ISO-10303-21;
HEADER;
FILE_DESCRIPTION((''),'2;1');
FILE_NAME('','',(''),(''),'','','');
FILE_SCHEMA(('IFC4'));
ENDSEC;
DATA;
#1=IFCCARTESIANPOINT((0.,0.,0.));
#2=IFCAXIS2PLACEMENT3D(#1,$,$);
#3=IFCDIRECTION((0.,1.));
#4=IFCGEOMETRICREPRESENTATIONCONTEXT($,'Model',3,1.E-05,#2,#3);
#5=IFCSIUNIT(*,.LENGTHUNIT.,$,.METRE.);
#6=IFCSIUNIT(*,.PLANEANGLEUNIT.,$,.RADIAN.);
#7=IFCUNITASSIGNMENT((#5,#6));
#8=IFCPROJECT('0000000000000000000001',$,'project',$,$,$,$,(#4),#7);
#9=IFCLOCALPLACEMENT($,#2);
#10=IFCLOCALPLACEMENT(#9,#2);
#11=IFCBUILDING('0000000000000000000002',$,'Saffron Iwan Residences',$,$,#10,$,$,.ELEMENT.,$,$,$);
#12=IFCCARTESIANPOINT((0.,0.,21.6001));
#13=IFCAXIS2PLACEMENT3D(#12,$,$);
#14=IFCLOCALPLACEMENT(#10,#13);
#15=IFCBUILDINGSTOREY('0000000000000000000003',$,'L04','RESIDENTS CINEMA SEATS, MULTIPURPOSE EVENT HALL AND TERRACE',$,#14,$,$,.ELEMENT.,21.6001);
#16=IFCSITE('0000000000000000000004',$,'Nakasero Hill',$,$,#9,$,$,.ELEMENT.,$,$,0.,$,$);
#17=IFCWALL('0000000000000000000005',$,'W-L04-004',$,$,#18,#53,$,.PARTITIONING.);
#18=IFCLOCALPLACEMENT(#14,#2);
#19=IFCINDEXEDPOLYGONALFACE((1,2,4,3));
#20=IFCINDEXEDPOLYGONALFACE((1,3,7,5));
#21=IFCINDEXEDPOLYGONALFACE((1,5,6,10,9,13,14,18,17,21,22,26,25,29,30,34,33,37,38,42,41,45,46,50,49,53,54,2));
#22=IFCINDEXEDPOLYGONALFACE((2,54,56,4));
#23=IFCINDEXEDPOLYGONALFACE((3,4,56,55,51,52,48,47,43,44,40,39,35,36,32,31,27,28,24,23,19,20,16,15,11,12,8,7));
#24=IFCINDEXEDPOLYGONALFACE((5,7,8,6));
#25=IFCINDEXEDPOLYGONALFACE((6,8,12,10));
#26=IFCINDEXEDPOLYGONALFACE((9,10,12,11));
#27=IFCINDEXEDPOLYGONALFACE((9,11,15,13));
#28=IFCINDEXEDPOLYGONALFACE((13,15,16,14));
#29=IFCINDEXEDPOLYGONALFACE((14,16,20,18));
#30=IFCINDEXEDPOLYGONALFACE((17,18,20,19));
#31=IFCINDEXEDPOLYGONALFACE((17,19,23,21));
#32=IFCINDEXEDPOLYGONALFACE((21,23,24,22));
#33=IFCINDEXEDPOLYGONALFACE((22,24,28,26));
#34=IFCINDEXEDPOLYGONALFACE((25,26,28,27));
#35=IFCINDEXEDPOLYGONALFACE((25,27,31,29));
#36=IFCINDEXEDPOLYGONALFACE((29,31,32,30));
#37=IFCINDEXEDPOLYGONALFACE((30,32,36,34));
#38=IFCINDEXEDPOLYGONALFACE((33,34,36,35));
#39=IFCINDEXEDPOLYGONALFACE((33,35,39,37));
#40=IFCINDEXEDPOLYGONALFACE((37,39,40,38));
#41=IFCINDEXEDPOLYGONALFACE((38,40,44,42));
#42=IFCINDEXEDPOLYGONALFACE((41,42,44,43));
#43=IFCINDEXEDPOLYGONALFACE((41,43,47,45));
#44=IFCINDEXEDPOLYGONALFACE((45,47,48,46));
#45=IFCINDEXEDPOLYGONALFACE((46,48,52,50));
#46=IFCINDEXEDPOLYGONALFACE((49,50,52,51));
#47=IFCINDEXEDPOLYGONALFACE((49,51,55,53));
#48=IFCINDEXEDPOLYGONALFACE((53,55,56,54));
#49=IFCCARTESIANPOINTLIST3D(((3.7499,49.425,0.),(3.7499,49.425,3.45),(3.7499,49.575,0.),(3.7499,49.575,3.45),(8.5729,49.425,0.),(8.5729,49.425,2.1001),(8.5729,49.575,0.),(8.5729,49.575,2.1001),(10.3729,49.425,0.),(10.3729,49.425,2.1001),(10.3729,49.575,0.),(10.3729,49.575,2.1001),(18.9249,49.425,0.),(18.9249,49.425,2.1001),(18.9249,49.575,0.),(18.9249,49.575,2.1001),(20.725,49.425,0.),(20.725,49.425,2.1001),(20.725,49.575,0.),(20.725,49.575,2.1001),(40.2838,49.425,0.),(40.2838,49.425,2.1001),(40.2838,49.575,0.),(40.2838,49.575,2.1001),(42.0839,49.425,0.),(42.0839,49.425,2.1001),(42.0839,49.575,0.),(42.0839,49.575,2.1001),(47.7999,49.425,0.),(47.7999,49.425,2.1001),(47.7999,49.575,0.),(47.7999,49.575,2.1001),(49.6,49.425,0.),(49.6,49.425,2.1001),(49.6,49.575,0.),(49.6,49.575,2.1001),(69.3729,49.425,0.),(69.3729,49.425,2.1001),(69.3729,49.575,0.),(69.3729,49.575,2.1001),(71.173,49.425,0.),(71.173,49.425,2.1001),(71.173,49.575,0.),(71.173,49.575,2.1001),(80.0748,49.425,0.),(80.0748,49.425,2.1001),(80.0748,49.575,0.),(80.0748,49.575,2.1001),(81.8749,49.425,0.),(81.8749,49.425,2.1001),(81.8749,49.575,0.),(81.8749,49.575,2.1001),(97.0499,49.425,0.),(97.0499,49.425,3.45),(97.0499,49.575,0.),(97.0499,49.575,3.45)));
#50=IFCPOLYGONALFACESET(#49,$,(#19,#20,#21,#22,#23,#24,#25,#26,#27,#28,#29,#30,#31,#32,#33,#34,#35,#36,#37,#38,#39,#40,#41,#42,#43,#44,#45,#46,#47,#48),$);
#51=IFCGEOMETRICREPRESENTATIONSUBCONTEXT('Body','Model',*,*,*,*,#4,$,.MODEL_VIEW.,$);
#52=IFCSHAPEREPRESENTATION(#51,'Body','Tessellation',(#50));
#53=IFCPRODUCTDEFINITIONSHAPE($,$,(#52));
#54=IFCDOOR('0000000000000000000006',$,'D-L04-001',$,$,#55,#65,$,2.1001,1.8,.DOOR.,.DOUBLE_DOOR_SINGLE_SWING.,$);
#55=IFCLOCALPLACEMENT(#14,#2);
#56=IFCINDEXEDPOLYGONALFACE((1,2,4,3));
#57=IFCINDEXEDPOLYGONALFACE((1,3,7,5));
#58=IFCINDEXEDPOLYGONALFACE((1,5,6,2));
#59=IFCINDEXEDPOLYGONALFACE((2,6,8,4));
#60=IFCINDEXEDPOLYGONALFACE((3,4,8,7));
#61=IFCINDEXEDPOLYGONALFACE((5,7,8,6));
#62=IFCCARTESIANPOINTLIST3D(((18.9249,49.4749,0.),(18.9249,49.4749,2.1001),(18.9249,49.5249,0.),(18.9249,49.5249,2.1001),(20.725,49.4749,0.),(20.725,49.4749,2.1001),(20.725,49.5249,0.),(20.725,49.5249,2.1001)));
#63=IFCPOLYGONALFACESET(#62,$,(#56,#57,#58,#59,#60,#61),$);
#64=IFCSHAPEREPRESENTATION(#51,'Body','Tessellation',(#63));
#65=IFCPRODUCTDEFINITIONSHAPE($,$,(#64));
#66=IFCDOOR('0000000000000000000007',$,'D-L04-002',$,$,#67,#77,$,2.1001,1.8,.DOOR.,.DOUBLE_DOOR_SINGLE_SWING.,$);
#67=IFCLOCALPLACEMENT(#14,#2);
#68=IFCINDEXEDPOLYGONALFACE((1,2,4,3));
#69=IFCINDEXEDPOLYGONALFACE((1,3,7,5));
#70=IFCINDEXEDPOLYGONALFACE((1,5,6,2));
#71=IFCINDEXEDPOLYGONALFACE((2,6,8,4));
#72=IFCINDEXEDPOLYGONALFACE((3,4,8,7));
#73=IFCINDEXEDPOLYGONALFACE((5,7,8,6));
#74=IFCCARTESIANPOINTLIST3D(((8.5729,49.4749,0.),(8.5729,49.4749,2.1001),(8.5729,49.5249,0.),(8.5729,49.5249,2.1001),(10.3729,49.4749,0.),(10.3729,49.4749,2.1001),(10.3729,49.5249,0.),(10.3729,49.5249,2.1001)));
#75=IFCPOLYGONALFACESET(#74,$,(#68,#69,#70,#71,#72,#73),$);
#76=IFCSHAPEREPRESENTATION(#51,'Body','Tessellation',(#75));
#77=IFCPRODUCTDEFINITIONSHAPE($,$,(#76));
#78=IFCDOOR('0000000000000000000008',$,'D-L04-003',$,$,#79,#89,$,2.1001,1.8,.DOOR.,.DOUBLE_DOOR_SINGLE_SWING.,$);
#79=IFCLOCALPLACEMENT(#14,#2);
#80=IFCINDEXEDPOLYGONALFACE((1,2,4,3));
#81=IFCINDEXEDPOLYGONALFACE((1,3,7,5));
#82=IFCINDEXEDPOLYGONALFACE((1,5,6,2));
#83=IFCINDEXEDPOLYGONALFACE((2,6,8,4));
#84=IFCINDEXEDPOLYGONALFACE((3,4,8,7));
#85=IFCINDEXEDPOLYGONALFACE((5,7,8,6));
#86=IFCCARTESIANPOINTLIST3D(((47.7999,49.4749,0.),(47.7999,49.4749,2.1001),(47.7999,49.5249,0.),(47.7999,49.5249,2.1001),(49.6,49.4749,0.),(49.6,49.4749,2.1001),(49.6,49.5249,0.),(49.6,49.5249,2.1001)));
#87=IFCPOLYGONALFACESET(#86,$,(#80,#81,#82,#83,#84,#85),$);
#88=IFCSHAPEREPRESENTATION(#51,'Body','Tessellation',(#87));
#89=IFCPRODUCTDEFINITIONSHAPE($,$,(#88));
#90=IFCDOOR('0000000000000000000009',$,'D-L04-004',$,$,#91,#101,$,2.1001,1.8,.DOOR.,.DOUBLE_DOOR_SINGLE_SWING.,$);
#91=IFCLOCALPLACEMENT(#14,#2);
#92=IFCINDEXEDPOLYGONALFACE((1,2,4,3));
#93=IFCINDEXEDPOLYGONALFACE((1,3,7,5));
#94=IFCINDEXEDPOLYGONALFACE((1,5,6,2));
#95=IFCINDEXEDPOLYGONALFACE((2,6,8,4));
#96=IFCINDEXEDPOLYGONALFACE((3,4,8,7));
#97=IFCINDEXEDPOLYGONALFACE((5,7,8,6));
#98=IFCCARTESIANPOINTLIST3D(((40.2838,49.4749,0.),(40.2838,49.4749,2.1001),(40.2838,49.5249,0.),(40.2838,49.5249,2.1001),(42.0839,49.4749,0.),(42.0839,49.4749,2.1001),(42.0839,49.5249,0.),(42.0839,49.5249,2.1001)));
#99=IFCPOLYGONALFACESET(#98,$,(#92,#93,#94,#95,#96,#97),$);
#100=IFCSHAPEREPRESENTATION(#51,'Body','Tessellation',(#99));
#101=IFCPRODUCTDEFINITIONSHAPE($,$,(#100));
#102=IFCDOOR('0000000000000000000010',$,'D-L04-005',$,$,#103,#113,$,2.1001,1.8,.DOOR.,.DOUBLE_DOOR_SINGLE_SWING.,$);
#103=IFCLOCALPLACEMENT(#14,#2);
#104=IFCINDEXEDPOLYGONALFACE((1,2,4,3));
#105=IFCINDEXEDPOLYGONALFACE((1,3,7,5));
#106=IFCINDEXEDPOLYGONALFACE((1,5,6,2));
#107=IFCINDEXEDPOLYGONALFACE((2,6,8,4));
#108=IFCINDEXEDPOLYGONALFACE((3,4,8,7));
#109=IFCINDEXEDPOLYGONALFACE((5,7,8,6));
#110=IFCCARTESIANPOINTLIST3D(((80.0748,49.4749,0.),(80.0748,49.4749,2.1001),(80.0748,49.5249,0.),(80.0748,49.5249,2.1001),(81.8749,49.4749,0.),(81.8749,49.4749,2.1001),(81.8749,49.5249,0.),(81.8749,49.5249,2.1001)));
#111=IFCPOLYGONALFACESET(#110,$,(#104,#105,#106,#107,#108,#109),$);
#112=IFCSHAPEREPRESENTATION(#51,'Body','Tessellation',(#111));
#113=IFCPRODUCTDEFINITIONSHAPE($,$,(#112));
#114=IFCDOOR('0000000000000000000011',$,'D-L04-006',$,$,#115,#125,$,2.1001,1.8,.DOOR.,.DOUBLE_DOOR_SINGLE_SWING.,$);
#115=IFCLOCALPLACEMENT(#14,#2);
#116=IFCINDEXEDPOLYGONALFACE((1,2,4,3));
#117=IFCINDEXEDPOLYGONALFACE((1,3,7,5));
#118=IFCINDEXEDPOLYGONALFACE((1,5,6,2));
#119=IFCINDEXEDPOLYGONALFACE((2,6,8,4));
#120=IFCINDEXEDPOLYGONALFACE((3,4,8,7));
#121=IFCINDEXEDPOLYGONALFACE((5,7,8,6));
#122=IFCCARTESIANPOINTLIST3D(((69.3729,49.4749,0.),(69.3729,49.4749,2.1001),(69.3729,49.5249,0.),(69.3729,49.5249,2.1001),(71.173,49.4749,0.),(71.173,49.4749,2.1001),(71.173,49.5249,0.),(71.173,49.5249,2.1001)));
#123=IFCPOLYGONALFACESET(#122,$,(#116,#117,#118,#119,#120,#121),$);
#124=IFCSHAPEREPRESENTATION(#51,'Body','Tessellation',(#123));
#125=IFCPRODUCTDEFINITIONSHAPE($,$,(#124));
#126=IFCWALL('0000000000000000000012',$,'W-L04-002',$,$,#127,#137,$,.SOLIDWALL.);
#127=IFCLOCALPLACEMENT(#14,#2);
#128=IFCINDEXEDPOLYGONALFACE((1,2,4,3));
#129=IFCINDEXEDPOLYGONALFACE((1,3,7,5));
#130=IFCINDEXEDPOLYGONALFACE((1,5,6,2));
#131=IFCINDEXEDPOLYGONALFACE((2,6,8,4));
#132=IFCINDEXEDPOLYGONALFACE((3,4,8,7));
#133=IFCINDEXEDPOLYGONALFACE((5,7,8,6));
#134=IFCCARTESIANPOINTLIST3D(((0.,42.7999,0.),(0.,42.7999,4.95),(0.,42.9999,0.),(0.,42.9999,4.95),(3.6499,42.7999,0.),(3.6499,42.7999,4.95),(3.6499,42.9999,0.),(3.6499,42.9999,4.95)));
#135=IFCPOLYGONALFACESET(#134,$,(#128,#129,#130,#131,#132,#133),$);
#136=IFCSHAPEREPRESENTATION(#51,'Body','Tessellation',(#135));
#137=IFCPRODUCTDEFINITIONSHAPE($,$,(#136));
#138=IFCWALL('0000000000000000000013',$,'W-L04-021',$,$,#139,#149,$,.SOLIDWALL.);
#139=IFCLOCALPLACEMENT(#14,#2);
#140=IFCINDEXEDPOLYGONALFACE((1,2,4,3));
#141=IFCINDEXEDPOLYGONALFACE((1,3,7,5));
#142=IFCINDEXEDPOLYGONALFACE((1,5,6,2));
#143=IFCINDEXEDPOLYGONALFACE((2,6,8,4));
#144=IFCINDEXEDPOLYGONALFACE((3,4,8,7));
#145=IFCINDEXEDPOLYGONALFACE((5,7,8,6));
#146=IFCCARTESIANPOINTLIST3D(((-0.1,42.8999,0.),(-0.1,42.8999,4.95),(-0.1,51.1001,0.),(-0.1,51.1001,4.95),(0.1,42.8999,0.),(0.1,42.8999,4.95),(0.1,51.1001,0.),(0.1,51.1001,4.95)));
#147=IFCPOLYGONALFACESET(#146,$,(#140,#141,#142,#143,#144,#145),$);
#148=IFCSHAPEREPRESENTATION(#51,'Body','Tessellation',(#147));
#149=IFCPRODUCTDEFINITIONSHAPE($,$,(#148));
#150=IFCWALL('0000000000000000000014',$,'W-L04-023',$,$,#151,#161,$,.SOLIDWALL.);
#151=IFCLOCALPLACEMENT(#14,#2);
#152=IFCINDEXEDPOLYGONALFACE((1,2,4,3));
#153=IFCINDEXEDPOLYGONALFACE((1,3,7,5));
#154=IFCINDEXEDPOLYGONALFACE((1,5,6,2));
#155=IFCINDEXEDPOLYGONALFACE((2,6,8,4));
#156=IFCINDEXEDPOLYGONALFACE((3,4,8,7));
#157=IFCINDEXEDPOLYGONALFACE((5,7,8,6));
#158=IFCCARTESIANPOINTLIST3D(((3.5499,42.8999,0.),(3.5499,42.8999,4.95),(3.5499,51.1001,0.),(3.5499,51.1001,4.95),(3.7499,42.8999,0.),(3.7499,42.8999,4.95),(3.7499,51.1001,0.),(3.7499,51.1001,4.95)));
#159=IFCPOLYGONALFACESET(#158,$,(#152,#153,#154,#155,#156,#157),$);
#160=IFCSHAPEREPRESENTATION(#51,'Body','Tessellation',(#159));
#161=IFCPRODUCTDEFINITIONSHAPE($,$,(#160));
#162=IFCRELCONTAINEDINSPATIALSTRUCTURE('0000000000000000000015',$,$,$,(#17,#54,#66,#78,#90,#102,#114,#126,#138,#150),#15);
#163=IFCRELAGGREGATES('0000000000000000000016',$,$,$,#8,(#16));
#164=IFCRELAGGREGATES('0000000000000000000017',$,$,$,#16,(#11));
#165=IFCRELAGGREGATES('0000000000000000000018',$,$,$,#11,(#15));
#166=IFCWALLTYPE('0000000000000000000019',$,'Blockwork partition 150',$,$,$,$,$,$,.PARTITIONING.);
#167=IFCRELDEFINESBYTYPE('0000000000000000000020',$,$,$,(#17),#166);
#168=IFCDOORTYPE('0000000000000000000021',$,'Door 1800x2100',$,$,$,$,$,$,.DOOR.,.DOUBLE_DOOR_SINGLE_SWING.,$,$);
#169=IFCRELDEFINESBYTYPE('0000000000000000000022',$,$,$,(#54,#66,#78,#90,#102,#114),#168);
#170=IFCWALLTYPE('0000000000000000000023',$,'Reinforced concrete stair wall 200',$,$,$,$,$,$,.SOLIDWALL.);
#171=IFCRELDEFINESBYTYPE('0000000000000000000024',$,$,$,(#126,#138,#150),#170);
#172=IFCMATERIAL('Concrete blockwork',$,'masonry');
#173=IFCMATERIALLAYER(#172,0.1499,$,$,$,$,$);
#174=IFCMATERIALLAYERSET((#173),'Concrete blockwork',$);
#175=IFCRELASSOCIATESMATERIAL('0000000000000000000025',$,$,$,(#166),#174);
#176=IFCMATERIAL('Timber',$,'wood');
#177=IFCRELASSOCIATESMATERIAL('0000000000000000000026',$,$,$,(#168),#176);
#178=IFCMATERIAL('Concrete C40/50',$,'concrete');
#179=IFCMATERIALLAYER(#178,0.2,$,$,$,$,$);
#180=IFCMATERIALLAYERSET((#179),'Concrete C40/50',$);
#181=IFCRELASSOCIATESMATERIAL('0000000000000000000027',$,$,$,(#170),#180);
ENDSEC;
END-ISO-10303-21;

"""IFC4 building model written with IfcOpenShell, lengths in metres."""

from ifc_helpers import new_model, si_unit, direction, frame, frame_2d, origin, place, context, subcontext, project, spatial, rectangle, extrude, material, layer, layer_set, type_object, element, fill, save


model = new_model("IFC4")

# Units and contexts
model_context = context("Model", 3, precision=1e-05, world=origin(), true_north=direction((0.0, 1.0)))
body_context = subcontext(model_context, "Body", "Model", "MODEL_VIEW")
ifc_project = project(units=[si_unit("LENGTHUNIT", "METRE"), si_unit("PLANEANGLEUNIT", "RADIAN")], contexts=[model_context])

# Site, building, storey
site_placement = place(None, origin())
site = spatial("IfcSite", under=ifc_project, at=site_placement, Name="Nakasero Hill", CompositionType="ELEMENT", RefElevation=0.0)
building_placement = place(site_placement, origin())
building = spatial("IfcBuilding", under=site, at=building_placement, Name="Saffron Iwan Residences", CompositionType="ELEMENT")
storey_placement = place(building_placement, frame((0.0, 0.0, 21.6001)))
storey = spatial("IfcBuildingStorey", under=building, at=storey_placement, Name="L04", Description="RESIDENTS CINEMA SEATS, MULTIPURPOSE EVENT HALL AND TERRACE", CompositionType="ELEMENT", Elevation=21.6001)

# Shared definitions
ifc_material_1 = material(Name="Concrete C40/50", Category="concrete")

# Wall, openings, doors
ifc_material_2 = material(Name="Concrete blockwork", Category="masonry")
ifc_layer_1 = layer(ifc_material_2, 0.1499)
ifc_layer_set_1 = layer_set([ifc_layer_1], Name="Concrete blockwork")
wall_type_1 = type_object("IfcWallType", Name="Blockwork partition 150", PredefinedType="PARTITIONING", material=ifc_layer_set_1)
wall_1_placement = place(storey_placement, frame((3.75, 49.5, 0.0), z_axis=(0.0, 0.0, 1.0), x_axis=(1.0, 0.0, 0.0)))
wall_1 = element("IfcWall", 1, at=wall_1_placement, inside=storey, type_object=wall_type_1, Name="W-L04-004", PredefinedType="PARTITIONING", context=body_context, shape_type="SweptSolid", body=[
    extrude(rectangle(XDim=93.3, YDim=0.1499, at=frame_2d((46.6499, 0.0))), origin(), (0.0, 0.0, 1.0), 3.45),
])
opening_1_placement = place(wall_1_placement, frame((15.175, 0.0, 0.0)))
opening_1 = element("IfcOpeningElement", 2, at=opening_1_placement, cuts=wall_1, PredefinedType="OPENING", context=body_context, shape_type="SweptSolid", body=[
    extrude(rectangle(XDim=1.8, YDim=2.1001, at=frame_2d((0.8999, 1.05))), frame((0.0, 0.085, 0.0), z_axis=(0.0, -1.0, 0.0), x_axis=(1.0, 0.0, 0.0)), (0.0, 0.0, 1.0), 0.1699),
])
opening_2_placement = place(wall_1_placement, frame((4.823, 0.0, 0.0)))
opening_2 = element("IfcOpeningElement", 3, at=opening_2_placement, cuts=wall_1, PredefinedType="OPENING", context=body_context, shape_type="SweptSolid", body=[
    extrude(rectangle(XDim=1.8, YDim=2.1001, at=frame_2d((0.8999, 1.05))), frame((0.0, 0.085, 0.0), z_axis=(0.0, -1.0, 0.0), x_axis=(1.0, 0.0, 0.0)), (0.0, 0.0, 1.0), 0.1699),
])
opening_3_placement = place(wall_1_placement, frame((44.05, 0.0, 0.0)))
opening_3 = element("IfcOpeningElement", 4, at=opening_3_placement, cuts=wall_1, PredefinedType="OPENING", context=body_context, shape_type="SweptSolid", body=[
    extrude(rectangle(XDim=1.8, YDim=2.1001, at=frame_2d((0.8999, 1.05))), frame((0.0, 0.085, 0.0), z_axis=(0.0, -1.0, 0.0), x_axis=(1.0, 0.0, 0.0)), (0.0, 0.0, 1.0), 0.1699),
])
opening_4_placement = place(wall_1_placement, frame((36.5339, 0.0, 0.0)))
opening_4 = element("IfcOpeningElement", 5, at=opening_4_placement, cuts=wall_1, PredefinedType="OPENING", context=body_context, shape_type="SweptSolid", body=[
    extrude(rectangle(XDim=1.8, YDim=2.1001, at=frame_2d((0.8999, 1.05))), frame((0.0, 0.085, 0.0), z_axis=(0.0, -1.0, 0.0), x_axis=(1.0, 0.0, 0.0)), (0.0, 0.0, 1.0), 0.1699),
])
opening_5_placement = place(wall_1_placement, frame((76.325, 0.0, 0.0)))
opening_5 = element("IfcOpeningElement", 6, at=opening_5_placement, cuts=wall_1, PredefinedType="OPENING", context=body_context, shape_type="SweptSolid", body=[
    extrude(rectangle(XDim=1.8, YDim=2.1001, at=frame_2d((0.8999, 1.05))), frame((0.0, 0.085, 0.0), z_axis=(0.0, -1.0, 0.0), x_axis=(1.0, 0.0, 0.0)), (0.0, 0.0, 1.0), 0.1699),
])
opening_6_placement = place(wall_1_placement, frame((65.623, 0.0, 0.0)))
opening_6 = element("IfcOpeningElement", 7, at=opening_6_placement, cuts=wall_1, PredefinedType="OPENING", context=body_context, shape_type="SweptSolid", body=[
    extrude(rectangle(XDim=1.8, YDim=2.1001, at=frame_2d((0.8999, 1.05))), frame((0.0, 0.085, 0.0), z_axis=(0.0, -1.0, 0.0), x_axis=(1.0, 0.0, 0.0)), (0.0, 0.0, 1.0), 0.1699),
])
ifc_material_3 = material(Name="Timber", Category="wood")
door_type = type_object("IfcDoorType", Name="Door 1800x2100", OperationType="DOUBLE_DOOR_SINGLE_SWING", PredefinedType="DOOR", material=ifc_material_3)
door_1_placement = place(opening_1_placement, origin())
door_1 = element("IfcDoor", 8, at=door_1_placement, inside=storey, type_object=door_type, Name="D-L04-001", OperationType="DOUBLE_DOOR_SINGLE_SWING", OverallHeight=2.1001, OverallWidth=1.8, PredefinedType="DOOR", context=body_context, shape_type="SweptSolid", body=[
    extrude(rectangle(XDim=1.8, YDim=2.1001, at=frame_2d((0.8999, 1.05))), frame((0.0, 0.0249, 0.0), z_axis=(0.0, -1.0, 0.0), x_axis=(1.0, 0.0, 0.0)), (0.0, 0.0, 1.0), 0.05),
])
fill(opening_1, door_1)
door_2_placement = place(opening_2_placement, origin())
door_2 = element("IfcDoor", 9, at=door_2_placement, inside=storey, type_object=door_type, Name="D-L04-002", OperationType="DOUBLE_DOOR_SINGLE_SWING", OverallHeight=2.1001, OverallWidth=1.8, PredefinedType="DOOR", context=body_context, shape_type="SweptSolid", body=[
    extrude(rectangle(XDim=1.8, YDim=2.1001, at=frame_2d((0.8999, 1.05))), frame((0.0, 0.0249, 0.0), z_axis=(0.0, -1.0, 0.0), x_axis=(1.0, 0.0, 0.0)), (0.0, 0.0, 1.0), 0.05),
])
fill(opening_2, door_2)
door_3_placement = place(opening_3_placement, origin())
door_3 = element("IfcDoor", 10, at=door_3_placement, inside=storey, type_object=door_type, Name="D-L04-003", OperationType="DOUBLE_DOOR_SINGLE_SWING", OverallHeight=2.1001, OverallWidth=1.8, PredefinedType="DOOR", context=body_context, shape_type="SweptSolid", body=[
    extrude(rectangle(XDim=1.8, YDim=2.1001, at=frame_2d((0.8999, 1.05))), frame((0.0, 0.0249, 0.0), z_axis=(0.0, -1.0, 0.0), x_axis=(1.0, 0.0, 0.0)), (0.0, 0.0, 1.0), 0.05),
])
fill(opening_3, door_3)
door_4_placement = place(opening_4_placement, origin())
door_4 = element("IfcDoor", 11, at=door_4_placement, inside=storey, type_object=door_type, Name="D-L04-004", OperationType="DOUBLE_DOOR_SINGLE_SWING", OverallHeight=2.1001, OverallWidth=1.8, PredefinedType="DOOR", context=body_context, shape_type="SweptSolid", body=[
    extrude(rectangle(XDim=1.8, YDim=2.1001, at=frame_2d((0.8999, 1.05))), frame((0.0, 0.0249, 0.0), z_axis=(0.0, -1.0, 0.0), x_axis=(1.0, 0.0, 0.0)), (0.0, 0.0, 1.0), 0.05),
])
fill(opening_4, door_4)
door_5_placement = place(opening_5_placement, origin())
door_5 = element("IfcDoor", 12, at=door_5_placement, inside=storey, type_object=door_type, Name="D-L04-005", OperationType="DOUBLE_DOOR_SINGLE_SWING", OverallHeight=2.1001, OverallWidth=1.8, PredefinedType="DOOR", context=body_context, shape_type="SweptSolid", body=[
    extrude(rectangle(XDim=1.8, YDim=2.1001, at=frame_2d((0.8999, 1.05))), frame((0.0, 0.0249, 0.0), z_axis=(0.0, -1.0, 0.0), x_axis=(1.0, 0.0, 0.0)), (0.0, 0.0, 1.0), 0.05),
])
fill(opening_5, door_5)
door_6_placement = place(opening_6_placement, origin())
door_6 = element("IfcDoor", 13, at=door_6_placement, inside=storey, type_object=door_type, Name="D-L04-006", OperationType="DOUBLE_DOOR_SINGLE_SWING", OverallHeight=2.1001, OverallWidth=1.8, PredefinedType="DOOR", context=body_context, shape_type="SweptSolid", body=[
    extrude(rectangle(XDim=1.8, YDim=2.1001, at=frame_2d((0.8999, 1.05))), frame((0.0, 0.0249, 0.0), z_axis=(0.0, -1.0, 0.0), x_axis=(1.0, 0.0, 0.0)), (0.0, 0.0, 1.0), 0.05),
])
fill(opening_6, door_6)

# Walls
ifc_layer_2 = layer(ifc_material_1, 0.2)
ifc_layer_set_2 = layer_set([ifc_layer_2], Name="Concrete C40/50")
wall_type_2 = type_object("IfcWallType", Name="Reinforced concrete stair wall 200", PredefinedType="SOLIDWALL", material=ifc_layer_set_2)
wall_2_placement = place(storey_placement, frame((0.0, 42.8999, 0.0), z_axis=(0.0, 0.0, 1.0), x_axis=(1.0, 0.0, 0.0)))
element("IfcWall", 14, at=wall_2_placement, inside=storey, type_object=wall_type_2, Name="W-L04-002", PredefinedType="SOLIDWALL", context=body_context, shape_type="SweptSolid", body=[
    extrude(rectangle(XDim=3.6499, YDim=0.2, at=frame_2d((1.825, 0.0))), origin(), (0.0, 0.0, 1.0), 4.95),
])
for number, where, z_axis, x_axis, name in (
    (15, (0.0, 42.8999, 0.0), (0.0, 0.0, 1.0), (0.0, 1.0, 0.0), "W-L04-021"),
    (16, (3.6499, 42.8999, 0.0), (0.0, 0.0, 1.0), (0.0, 1.0, 0.0), "W-L04-023"),
):
    element("IfcWall", number, at=place(storey_placement, frame(where, z_axis=z_axis, x_axis=x_axis)), inside=storey, type_object=wall_type_2, Name=name, PredefinedType="SOLIDWALL", context=body_context, shape_type="SweptSolid", body=[
        extrude(rectangle(XDim=8.2002, YDim=0.2, at=frame_2d((4.1001, 0.0))), origin(), (0.0, 0.0, 1.0), 4.95),
    ])

save(model, "model.ifc")
